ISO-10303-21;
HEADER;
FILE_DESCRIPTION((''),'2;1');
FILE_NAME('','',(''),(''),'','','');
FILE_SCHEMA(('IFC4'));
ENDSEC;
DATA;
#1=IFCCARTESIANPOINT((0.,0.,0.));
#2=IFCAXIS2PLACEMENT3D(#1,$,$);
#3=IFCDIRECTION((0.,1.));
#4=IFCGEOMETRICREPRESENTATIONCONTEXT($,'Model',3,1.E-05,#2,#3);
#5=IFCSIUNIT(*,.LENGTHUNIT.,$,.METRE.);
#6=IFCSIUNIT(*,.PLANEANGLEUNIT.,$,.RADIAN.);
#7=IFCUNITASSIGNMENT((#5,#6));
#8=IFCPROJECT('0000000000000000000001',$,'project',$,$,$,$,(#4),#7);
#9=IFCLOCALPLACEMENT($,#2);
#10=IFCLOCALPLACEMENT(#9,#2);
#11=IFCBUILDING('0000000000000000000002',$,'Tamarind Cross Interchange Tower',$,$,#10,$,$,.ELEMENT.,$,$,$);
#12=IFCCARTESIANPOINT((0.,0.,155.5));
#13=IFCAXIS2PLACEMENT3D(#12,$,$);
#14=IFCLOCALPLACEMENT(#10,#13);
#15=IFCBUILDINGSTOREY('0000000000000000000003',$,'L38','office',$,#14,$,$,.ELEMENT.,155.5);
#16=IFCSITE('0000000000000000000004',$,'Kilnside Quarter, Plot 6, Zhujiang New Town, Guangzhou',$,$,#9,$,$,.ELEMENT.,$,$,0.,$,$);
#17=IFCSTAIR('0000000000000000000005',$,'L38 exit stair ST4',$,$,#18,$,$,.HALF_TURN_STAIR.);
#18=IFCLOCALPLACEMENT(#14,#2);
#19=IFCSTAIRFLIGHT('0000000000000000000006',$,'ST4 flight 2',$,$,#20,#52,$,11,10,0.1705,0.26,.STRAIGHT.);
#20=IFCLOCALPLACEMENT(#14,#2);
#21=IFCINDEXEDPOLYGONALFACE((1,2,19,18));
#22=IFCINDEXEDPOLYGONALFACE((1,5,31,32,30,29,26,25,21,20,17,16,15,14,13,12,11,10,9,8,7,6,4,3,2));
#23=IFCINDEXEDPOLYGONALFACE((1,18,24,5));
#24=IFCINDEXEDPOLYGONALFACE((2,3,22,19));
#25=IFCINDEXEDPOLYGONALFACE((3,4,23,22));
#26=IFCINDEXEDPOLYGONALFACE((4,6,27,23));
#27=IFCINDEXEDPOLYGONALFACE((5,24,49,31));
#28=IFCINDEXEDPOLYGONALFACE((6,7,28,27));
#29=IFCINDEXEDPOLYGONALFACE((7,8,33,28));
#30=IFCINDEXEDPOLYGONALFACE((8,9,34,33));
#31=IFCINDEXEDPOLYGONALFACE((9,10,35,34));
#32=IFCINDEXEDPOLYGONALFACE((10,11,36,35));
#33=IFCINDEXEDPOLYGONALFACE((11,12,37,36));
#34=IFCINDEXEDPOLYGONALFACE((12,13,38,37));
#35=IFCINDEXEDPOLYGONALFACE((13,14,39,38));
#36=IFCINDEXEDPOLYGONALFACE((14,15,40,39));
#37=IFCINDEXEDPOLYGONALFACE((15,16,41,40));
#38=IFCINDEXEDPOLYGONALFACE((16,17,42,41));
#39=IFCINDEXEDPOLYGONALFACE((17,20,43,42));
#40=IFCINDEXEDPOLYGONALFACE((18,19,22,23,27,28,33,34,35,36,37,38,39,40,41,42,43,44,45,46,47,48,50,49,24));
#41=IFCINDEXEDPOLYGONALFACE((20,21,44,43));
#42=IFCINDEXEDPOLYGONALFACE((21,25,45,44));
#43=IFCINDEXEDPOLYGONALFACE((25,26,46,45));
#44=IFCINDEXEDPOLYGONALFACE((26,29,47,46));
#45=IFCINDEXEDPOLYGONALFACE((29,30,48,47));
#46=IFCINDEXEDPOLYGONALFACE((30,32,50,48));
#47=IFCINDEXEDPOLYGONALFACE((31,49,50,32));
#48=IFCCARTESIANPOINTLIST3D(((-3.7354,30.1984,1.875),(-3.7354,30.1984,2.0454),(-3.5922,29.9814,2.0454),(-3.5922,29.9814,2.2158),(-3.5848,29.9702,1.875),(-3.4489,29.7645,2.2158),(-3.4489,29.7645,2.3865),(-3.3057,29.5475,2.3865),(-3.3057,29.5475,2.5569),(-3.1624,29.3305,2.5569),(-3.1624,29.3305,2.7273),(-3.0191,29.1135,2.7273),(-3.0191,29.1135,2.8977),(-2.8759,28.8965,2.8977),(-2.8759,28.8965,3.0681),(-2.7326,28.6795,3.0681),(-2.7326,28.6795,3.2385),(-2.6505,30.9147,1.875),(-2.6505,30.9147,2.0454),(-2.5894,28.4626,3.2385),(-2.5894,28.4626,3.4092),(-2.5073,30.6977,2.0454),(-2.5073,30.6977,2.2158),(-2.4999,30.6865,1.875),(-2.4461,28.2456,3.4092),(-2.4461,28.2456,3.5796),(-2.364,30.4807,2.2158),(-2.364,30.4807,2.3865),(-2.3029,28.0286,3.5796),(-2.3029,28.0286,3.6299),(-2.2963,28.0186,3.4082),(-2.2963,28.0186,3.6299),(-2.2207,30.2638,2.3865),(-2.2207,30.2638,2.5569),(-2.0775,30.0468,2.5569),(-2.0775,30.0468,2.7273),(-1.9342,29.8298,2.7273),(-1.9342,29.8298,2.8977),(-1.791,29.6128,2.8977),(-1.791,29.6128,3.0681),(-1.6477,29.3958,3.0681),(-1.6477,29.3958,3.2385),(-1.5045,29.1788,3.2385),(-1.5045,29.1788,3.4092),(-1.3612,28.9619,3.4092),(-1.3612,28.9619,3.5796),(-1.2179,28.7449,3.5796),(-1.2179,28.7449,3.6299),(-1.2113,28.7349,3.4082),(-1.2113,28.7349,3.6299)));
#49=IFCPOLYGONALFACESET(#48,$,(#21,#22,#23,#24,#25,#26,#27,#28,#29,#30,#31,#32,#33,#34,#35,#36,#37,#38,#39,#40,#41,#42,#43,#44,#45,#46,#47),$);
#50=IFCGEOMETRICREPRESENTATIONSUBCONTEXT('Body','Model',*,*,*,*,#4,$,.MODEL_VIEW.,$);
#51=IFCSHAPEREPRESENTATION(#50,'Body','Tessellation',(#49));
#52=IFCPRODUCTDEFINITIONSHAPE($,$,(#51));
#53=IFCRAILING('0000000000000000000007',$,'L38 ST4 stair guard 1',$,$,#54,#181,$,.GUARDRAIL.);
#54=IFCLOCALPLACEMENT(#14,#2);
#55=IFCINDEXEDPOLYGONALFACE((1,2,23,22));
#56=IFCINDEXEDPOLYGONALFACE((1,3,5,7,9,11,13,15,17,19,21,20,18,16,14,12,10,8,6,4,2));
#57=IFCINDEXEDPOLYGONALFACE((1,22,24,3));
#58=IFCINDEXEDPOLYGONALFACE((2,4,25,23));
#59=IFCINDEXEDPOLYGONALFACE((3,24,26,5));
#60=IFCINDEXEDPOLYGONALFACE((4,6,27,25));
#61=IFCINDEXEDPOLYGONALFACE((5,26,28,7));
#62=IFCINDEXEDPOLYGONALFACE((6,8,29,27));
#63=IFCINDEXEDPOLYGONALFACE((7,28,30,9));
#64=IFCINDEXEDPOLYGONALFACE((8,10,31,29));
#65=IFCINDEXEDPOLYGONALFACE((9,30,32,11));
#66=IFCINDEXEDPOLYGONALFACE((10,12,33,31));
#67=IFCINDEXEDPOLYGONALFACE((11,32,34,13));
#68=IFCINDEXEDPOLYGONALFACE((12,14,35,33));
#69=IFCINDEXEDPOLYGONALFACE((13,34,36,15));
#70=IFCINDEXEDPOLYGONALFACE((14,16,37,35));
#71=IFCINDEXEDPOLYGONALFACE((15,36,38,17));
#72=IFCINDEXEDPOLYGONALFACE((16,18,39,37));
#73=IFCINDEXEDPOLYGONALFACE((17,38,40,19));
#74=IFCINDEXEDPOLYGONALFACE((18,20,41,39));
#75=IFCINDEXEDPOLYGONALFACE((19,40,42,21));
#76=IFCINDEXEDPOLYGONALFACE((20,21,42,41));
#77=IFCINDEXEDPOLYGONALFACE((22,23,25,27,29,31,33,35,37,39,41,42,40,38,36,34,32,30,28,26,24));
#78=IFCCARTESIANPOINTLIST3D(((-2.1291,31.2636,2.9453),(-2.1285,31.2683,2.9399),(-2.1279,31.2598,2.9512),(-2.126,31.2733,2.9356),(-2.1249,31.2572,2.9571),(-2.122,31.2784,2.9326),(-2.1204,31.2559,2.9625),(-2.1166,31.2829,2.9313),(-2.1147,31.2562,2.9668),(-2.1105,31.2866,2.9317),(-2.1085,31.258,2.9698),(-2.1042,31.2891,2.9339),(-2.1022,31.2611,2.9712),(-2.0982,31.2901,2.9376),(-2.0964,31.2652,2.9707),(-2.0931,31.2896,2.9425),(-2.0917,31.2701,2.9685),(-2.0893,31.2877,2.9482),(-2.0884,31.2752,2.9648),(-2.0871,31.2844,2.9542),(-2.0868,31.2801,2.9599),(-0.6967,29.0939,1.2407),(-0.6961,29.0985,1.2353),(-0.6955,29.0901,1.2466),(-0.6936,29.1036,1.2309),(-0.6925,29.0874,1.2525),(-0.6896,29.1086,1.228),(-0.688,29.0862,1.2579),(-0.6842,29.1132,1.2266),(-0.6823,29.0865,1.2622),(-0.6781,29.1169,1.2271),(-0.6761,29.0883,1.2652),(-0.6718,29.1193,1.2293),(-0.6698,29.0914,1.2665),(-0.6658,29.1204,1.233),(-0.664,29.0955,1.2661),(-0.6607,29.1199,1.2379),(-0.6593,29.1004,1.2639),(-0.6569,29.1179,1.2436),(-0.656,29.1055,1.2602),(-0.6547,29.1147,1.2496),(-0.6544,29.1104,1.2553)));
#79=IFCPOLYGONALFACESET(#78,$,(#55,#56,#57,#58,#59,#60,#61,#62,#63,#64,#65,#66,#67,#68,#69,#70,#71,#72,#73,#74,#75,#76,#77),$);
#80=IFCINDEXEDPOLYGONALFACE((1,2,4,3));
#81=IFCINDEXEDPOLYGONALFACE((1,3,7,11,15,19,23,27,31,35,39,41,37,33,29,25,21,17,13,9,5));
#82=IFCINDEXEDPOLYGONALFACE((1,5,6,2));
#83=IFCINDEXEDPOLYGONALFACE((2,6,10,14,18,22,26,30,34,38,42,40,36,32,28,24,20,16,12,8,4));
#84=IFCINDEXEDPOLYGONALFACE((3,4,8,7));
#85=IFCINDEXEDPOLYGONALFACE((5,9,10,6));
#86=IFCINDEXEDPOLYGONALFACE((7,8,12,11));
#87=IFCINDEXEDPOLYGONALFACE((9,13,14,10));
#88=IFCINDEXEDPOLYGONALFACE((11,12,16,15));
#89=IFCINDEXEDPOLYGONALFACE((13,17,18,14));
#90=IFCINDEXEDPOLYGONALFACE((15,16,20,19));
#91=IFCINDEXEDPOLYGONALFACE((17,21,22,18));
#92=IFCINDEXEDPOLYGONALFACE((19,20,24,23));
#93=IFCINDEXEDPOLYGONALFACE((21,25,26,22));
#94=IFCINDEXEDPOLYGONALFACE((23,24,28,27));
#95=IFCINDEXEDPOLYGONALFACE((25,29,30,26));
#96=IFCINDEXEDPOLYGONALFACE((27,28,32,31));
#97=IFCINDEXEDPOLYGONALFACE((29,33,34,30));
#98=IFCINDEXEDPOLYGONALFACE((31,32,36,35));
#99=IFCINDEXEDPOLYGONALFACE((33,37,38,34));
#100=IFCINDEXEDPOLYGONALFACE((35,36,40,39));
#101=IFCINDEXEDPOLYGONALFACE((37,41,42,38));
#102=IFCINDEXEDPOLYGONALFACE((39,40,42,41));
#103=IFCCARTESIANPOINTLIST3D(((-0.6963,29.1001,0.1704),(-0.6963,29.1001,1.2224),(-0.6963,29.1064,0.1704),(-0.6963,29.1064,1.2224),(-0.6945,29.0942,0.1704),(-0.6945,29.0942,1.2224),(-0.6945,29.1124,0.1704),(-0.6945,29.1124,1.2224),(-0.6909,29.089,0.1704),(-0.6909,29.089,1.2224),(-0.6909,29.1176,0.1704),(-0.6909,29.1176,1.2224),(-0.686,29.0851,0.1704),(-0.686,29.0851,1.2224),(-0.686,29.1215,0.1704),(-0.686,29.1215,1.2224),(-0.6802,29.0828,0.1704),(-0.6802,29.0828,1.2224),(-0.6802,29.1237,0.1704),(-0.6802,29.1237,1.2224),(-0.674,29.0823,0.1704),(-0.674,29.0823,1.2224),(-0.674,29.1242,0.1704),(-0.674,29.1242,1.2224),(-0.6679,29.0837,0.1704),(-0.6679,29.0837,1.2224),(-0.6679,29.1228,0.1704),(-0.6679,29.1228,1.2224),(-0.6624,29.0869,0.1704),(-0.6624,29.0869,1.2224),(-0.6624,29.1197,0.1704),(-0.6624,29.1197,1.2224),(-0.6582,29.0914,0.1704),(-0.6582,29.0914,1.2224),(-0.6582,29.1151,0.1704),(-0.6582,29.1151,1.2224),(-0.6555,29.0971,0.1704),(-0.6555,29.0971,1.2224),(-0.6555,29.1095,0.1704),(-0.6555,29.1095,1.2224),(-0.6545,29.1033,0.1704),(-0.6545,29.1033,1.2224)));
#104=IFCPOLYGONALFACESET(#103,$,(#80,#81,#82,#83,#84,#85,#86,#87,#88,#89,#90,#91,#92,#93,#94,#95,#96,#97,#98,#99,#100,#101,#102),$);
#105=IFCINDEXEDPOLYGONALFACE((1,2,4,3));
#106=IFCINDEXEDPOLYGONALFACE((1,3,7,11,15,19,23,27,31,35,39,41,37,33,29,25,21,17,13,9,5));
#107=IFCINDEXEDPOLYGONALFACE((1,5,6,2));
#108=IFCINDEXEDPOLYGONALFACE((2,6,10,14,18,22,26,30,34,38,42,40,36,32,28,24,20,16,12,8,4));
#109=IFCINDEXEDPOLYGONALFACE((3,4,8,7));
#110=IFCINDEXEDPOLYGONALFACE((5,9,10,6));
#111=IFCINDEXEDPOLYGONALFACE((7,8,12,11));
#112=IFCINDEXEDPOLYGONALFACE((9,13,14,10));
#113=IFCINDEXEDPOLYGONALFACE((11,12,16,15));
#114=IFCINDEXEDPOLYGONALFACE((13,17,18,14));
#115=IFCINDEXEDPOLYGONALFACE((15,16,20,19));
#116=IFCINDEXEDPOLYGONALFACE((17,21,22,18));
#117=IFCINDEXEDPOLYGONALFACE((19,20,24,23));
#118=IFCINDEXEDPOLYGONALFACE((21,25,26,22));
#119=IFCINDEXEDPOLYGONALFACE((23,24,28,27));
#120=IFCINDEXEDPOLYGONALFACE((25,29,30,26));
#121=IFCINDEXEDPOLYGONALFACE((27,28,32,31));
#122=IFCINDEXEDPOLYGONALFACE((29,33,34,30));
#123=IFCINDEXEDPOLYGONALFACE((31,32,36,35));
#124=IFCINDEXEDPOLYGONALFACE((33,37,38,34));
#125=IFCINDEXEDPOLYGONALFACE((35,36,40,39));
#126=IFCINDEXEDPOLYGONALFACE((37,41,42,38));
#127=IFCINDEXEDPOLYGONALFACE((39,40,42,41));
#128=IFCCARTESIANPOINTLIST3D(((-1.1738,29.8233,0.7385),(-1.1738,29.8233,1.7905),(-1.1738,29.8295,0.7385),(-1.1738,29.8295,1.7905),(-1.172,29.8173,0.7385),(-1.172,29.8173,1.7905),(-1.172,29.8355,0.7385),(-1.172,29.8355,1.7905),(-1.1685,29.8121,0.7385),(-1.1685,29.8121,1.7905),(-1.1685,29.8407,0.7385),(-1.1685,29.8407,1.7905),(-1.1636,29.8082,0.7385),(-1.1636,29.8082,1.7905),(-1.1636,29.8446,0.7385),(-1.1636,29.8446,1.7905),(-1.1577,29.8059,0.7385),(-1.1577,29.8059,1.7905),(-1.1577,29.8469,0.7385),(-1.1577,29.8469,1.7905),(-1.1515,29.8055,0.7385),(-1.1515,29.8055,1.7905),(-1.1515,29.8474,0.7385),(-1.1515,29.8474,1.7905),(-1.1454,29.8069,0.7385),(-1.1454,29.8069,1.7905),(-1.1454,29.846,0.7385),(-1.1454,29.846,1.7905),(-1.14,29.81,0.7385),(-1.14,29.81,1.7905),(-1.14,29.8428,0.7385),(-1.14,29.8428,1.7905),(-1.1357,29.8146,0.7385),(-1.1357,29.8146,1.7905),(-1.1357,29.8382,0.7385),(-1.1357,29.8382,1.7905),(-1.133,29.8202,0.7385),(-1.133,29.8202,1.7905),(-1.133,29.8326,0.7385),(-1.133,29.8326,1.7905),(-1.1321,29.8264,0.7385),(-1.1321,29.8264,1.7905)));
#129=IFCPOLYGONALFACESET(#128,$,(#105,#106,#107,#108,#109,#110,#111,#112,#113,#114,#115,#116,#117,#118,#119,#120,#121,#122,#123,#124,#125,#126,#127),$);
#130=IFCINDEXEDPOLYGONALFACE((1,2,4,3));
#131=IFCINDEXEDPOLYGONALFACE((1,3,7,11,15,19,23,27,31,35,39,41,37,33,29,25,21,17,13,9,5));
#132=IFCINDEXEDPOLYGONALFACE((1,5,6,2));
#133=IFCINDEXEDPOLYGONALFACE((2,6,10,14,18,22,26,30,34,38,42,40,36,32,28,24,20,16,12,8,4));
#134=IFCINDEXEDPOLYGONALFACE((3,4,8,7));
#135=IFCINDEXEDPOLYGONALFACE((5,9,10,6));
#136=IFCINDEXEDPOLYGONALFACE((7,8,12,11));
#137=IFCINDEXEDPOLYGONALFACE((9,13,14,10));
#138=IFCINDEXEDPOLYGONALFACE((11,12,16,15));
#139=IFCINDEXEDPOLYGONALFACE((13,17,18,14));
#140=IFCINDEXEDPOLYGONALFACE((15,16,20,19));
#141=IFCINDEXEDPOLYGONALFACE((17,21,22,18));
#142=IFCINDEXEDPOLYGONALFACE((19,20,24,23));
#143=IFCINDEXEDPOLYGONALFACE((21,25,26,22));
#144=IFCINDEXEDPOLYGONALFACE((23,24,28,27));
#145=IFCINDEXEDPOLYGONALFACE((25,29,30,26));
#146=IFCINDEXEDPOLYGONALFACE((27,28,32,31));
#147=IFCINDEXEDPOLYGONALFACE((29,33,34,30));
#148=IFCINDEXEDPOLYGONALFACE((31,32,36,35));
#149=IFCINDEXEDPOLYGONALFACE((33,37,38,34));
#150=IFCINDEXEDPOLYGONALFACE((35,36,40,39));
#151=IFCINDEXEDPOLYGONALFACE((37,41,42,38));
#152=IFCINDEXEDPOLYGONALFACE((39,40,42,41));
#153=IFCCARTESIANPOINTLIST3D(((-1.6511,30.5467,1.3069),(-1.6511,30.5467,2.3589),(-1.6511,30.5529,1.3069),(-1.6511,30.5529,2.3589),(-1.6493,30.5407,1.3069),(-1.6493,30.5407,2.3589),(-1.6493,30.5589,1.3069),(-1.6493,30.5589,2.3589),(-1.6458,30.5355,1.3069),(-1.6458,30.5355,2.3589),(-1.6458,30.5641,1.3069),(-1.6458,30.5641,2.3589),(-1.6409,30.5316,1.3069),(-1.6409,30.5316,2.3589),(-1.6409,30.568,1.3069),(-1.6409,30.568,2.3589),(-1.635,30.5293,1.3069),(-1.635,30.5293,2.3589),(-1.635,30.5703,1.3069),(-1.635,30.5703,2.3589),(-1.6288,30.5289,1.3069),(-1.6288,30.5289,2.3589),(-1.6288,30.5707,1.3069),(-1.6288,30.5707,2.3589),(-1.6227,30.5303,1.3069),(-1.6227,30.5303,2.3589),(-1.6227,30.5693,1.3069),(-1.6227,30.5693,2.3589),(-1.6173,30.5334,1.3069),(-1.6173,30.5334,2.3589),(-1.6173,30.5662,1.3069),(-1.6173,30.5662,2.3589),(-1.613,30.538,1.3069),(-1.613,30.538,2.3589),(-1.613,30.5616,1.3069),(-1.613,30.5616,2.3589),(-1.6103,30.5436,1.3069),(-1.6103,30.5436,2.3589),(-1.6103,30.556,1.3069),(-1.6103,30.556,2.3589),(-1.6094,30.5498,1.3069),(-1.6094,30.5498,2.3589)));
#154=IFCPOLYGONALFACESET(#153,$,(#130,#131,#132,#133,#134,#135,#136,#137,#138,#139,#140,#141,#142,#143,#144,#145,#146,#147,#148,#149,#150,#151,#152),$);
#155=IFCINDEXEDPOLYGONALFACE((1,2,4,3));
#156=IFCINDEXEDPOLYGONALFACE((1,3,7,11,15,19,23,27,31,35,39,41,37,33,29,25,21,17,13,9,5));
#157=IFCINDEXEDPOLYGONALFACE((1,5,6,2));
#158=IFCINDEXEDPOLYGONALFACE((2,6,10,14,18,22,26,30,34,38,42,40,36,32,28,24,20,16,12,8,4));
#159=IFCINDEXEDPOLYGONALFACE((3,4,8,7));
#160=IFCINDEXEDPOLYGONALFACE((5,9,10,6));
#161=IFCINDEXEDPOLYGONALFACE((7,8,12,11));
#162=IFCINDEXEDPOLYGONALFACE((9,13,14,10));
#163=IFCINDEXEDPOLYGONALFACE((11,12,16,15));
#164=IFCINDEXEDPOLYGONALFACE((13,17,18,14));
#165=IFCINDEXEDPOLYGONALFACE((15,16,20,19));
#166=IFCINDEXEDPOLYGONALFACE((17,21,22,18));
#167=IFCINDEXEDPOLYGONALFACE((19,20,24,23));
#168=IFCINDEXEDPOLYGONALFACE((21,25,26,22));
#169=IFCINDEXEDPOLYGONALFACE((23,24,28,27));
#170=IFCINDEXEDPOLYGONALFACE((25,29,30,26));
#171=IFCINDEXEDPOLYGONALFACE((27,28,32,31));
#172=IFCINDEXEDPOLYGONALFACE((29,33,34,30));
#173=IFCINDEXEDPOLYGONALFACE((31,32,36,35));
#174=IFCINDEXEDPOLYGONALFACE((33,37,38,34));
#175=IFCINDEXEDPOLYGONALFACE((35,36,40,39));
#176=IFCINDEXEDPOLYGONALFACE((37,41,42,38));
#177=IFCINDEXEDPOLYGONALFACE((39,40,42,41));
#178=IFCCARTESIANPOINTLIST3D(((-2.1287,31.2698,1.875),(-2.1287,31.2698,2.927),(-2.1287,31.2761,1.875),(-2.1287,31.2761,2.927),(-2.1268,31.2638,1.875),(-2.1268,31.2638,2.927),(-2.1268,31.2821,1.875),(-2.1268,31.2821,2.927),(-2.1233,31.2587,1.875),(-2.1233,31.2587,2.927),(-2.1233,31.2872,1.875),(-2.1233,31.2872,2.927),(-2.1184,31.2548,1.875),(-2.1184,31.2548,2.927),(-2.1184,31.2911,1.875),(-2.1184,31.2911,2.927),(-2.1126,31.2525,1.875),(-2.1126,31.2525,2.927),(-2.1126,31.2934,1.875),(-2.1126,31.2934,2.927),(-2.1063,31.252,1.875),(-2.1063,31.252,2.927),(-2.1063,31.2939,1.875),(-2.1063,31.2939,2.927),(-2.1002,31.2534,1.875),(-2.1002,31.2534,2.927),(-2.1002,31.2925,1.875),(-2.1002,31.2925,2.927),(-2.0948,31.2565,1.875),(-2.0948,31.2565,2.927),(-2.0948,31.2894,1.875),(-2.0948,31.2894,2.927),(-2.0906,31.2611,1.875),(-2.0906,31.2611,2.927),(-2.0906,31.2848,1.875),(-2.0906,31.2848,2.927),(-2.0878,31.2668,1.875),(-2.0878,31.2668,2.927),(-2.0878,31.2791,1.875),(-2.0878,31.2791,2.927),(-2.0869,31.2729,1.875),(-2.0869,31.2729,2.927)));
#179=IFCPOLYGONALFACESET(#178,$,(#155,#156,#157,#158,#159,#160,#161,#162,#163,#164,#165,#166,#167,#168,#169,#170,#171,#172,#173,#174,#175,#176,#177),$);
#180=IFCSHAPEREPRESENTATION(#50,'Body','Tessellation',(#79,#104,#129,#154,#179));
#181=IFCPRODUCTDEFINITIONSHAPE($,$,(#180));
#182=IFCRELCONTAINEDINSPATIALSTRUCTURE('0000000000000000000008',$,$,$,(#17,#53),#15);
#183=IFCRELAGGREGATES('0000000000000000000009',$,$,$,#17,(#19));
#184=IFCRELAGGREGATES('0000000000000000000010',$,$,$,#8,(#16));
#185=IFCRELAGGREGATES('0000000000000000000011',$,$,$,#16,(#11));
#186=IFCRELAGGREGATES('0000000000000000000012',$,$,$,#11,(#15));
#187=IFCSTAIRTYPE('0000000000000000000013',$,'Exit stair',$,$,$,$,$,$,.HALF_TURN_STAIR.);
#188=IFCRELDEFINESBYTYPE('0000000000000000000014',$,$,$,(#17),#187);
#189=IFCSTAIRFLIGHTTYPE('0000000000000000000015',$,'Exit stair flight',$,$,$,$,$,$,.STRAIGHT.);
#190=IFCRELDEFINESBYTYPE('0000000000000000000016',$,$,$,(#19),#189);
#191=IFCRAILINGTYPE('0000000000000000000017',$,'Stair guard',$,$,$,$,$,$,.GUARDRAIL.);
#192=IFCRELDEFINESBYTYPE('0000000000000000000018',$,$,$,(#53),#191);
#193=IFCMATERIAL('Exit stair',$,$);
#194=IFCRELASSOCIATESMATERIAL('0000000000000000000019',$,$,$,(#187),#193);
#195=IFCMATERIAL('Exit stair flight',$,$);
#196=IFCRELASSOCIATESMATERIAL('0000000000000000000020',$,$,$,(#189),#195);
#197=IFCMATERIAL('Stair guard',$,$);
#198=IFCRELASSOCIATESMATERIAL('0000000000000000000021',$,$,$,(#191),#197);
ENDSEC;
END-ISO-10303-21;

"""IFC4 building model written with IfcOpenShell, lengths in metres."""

from ifc_helpers import new_model, si_unit, direction, frame, origin, origin_2d, place, context, subcontext, project, spatial, polyline, circle, outline, extrude, material, type_object, element, aggregate, save


model = new_model("IFC4")

# Units and contexts
model_context = context("Model", 3, precision=1e-05, world=origin(), true_north=direction((0.0, 1.0)))
body_context = subcontext(model_context, "Body", "Model", "MODEL_VIEW")
ifc_project = project(units=[si_unit("LENGTHUNIT", "METRE"), si_unit("PLANEANGLEUNIT", "RADIAN")], contexts=[model_context])

# Site, building, storey
site_placement = place(None, origin())
site = spatial("IfcSite", under=ifc_project, at=site_placement, Name="Kilnside Quarter, Plot 6, Zhujiang New Town, Guangzhou", CompositionType="ELEMENT", RefElevation=0.0)
building_placement = place(site_placement, origin())
building = spatial("IfcBuilding", under=site, at=building_placement, Name="Tamarind Cross Interchange Tower", CompositionType="ELEMENT")
storey_placement = place(building_placement, frame((0.0, 0.0, 155.5)))
storey = spatial("IfcBuildingStorey", under=building, at=storey_placement, Name="L38", Description="office", CompositionType="ELEMENT", Elevation=155.5)

# Stair, stair flight
ifc_material_1 = material(Name="Exit stair")
stair_type = type_object("IfcStairType", Name="Exit stair", PredefinedType="HALF_TURN_STAIR", material=ifc_material_1)
stair_placement = place(storey_placement, origin())
stair = element("IfcStair", 1, at=stair_placement, inside=storey, type_object=stair_type, Name="L38 exit stair ST4", PredefinedType="HALF_TURN_STAIR")
ifc_material_2 = material(Name="Exit stair flight")
stair_flight_type = type_object("IfcStairFlightType", Name="Exit stair flight", PredefinedType="STRAIGHT", material=ifc_material_2)
stair_flight_1_placement = place(storey_placement, frame((-3.1929, 30.5566, 1.875), z_axis=(0.0, 0.0, 1.0), x_axis=(0.55097, -0.834525, 0.0)))
stair_flight_1 = element("IfcStairFlight", 2, at=stair_flight_1_placement, type_object=stair_flight_type, Name="ST4 flight 2", NumberOfRisers=11, NumberOfTreads=10, PredefinedType="STRAIGHT", RiserHeight=0.1705, TreadLength=0.26, context=body_context, shape_type="SweptSolid", body=[
    extrude(outline(polyline([(0.0, 0.0), (0.0, 0.1704), (0.26, 0.1704), (0.26, 0.3408), (0.52, 0.3408), (0.52, 0.5115), (0.78, 0.5115), (0.78, 0.6819), (1.04, 0.6819), (1.04, 0.8523), (1.3, 0.8523), (1.3, 1.0227), (1.5601, 1.0227), (1.5601, 1.1931), (1.8201, 1.1931), (1.8201, 1.3635), (2.0801, 1.3635), (2.0801, 1.5342), (2.3401, 1.5342), (2.3401, 1.7046), (2.6001, 1.7046), (2.6001, 1.7549), (2.6121, 1.7549), (2.6121, 1.5332), (0.2734, 0.0), (0.0, 0.0)])), frame((0.0, 0.6499, 0.0), z_axis=(0.0, -1.0, 0.0), x_axis=(1.0, 0.0, 0.0)), (0.0, 0.0, 1.0), 1.3),
])
aggregate(stair, [stair_flight_1])

# Railing
ifc_material_3 = material(Name="Stair guard")
railing_type_1 = type_object("IfcRailingType", Name="Stair guard", PredefinedType="GUARDRAIL", material=ifc_material_3)
railing_1_placement = place(storey_placement, frame((-0.6755, 29.1033, 0.1704)))
element("IfcRailing", 3, at=railing_1_placement, inside=storey, type_object=railing_type_1, Name="L38 ST4 stair guard 1", PredefinedType="GUARDRAIL", context=body_context, shape_type="SweptSolid", body=[
    extrude(circle(Radius=0.0239, at=origin_2d()), frame((0.0, 0.0, 1.0762), z_axis=(-0.460744, 0.697908, 0.548306), x_axis=(-0.834541, -0.550946, 0.0)), (0.0, 0.0, 1.0), 3.1089),
    extrude(circle(Radius=0.021, at=origin_2d()), origin(), (0.0, 0.0, 1.0), 1.052),
    extrude(circle(Radius=0.021, at=origin_2d()), frame((-0.4775, 0.7231, 0.5681)), (0.0, 0.0, 1.0), 1.052),
    extrude(circle(Radius=0.021, at=origin_2d()), frame((-0.9548, 1.4465, 1.1365)), (0.0, 0.0, 1.0), 1.052),
    extrude(circle(Radius=0.021, at=origin_2d()), frame((-1.4324, 2.1697, 1.7046)), (0.0, 0.0, 1.0), 1.052),
])

save(model, "model.ifc")
